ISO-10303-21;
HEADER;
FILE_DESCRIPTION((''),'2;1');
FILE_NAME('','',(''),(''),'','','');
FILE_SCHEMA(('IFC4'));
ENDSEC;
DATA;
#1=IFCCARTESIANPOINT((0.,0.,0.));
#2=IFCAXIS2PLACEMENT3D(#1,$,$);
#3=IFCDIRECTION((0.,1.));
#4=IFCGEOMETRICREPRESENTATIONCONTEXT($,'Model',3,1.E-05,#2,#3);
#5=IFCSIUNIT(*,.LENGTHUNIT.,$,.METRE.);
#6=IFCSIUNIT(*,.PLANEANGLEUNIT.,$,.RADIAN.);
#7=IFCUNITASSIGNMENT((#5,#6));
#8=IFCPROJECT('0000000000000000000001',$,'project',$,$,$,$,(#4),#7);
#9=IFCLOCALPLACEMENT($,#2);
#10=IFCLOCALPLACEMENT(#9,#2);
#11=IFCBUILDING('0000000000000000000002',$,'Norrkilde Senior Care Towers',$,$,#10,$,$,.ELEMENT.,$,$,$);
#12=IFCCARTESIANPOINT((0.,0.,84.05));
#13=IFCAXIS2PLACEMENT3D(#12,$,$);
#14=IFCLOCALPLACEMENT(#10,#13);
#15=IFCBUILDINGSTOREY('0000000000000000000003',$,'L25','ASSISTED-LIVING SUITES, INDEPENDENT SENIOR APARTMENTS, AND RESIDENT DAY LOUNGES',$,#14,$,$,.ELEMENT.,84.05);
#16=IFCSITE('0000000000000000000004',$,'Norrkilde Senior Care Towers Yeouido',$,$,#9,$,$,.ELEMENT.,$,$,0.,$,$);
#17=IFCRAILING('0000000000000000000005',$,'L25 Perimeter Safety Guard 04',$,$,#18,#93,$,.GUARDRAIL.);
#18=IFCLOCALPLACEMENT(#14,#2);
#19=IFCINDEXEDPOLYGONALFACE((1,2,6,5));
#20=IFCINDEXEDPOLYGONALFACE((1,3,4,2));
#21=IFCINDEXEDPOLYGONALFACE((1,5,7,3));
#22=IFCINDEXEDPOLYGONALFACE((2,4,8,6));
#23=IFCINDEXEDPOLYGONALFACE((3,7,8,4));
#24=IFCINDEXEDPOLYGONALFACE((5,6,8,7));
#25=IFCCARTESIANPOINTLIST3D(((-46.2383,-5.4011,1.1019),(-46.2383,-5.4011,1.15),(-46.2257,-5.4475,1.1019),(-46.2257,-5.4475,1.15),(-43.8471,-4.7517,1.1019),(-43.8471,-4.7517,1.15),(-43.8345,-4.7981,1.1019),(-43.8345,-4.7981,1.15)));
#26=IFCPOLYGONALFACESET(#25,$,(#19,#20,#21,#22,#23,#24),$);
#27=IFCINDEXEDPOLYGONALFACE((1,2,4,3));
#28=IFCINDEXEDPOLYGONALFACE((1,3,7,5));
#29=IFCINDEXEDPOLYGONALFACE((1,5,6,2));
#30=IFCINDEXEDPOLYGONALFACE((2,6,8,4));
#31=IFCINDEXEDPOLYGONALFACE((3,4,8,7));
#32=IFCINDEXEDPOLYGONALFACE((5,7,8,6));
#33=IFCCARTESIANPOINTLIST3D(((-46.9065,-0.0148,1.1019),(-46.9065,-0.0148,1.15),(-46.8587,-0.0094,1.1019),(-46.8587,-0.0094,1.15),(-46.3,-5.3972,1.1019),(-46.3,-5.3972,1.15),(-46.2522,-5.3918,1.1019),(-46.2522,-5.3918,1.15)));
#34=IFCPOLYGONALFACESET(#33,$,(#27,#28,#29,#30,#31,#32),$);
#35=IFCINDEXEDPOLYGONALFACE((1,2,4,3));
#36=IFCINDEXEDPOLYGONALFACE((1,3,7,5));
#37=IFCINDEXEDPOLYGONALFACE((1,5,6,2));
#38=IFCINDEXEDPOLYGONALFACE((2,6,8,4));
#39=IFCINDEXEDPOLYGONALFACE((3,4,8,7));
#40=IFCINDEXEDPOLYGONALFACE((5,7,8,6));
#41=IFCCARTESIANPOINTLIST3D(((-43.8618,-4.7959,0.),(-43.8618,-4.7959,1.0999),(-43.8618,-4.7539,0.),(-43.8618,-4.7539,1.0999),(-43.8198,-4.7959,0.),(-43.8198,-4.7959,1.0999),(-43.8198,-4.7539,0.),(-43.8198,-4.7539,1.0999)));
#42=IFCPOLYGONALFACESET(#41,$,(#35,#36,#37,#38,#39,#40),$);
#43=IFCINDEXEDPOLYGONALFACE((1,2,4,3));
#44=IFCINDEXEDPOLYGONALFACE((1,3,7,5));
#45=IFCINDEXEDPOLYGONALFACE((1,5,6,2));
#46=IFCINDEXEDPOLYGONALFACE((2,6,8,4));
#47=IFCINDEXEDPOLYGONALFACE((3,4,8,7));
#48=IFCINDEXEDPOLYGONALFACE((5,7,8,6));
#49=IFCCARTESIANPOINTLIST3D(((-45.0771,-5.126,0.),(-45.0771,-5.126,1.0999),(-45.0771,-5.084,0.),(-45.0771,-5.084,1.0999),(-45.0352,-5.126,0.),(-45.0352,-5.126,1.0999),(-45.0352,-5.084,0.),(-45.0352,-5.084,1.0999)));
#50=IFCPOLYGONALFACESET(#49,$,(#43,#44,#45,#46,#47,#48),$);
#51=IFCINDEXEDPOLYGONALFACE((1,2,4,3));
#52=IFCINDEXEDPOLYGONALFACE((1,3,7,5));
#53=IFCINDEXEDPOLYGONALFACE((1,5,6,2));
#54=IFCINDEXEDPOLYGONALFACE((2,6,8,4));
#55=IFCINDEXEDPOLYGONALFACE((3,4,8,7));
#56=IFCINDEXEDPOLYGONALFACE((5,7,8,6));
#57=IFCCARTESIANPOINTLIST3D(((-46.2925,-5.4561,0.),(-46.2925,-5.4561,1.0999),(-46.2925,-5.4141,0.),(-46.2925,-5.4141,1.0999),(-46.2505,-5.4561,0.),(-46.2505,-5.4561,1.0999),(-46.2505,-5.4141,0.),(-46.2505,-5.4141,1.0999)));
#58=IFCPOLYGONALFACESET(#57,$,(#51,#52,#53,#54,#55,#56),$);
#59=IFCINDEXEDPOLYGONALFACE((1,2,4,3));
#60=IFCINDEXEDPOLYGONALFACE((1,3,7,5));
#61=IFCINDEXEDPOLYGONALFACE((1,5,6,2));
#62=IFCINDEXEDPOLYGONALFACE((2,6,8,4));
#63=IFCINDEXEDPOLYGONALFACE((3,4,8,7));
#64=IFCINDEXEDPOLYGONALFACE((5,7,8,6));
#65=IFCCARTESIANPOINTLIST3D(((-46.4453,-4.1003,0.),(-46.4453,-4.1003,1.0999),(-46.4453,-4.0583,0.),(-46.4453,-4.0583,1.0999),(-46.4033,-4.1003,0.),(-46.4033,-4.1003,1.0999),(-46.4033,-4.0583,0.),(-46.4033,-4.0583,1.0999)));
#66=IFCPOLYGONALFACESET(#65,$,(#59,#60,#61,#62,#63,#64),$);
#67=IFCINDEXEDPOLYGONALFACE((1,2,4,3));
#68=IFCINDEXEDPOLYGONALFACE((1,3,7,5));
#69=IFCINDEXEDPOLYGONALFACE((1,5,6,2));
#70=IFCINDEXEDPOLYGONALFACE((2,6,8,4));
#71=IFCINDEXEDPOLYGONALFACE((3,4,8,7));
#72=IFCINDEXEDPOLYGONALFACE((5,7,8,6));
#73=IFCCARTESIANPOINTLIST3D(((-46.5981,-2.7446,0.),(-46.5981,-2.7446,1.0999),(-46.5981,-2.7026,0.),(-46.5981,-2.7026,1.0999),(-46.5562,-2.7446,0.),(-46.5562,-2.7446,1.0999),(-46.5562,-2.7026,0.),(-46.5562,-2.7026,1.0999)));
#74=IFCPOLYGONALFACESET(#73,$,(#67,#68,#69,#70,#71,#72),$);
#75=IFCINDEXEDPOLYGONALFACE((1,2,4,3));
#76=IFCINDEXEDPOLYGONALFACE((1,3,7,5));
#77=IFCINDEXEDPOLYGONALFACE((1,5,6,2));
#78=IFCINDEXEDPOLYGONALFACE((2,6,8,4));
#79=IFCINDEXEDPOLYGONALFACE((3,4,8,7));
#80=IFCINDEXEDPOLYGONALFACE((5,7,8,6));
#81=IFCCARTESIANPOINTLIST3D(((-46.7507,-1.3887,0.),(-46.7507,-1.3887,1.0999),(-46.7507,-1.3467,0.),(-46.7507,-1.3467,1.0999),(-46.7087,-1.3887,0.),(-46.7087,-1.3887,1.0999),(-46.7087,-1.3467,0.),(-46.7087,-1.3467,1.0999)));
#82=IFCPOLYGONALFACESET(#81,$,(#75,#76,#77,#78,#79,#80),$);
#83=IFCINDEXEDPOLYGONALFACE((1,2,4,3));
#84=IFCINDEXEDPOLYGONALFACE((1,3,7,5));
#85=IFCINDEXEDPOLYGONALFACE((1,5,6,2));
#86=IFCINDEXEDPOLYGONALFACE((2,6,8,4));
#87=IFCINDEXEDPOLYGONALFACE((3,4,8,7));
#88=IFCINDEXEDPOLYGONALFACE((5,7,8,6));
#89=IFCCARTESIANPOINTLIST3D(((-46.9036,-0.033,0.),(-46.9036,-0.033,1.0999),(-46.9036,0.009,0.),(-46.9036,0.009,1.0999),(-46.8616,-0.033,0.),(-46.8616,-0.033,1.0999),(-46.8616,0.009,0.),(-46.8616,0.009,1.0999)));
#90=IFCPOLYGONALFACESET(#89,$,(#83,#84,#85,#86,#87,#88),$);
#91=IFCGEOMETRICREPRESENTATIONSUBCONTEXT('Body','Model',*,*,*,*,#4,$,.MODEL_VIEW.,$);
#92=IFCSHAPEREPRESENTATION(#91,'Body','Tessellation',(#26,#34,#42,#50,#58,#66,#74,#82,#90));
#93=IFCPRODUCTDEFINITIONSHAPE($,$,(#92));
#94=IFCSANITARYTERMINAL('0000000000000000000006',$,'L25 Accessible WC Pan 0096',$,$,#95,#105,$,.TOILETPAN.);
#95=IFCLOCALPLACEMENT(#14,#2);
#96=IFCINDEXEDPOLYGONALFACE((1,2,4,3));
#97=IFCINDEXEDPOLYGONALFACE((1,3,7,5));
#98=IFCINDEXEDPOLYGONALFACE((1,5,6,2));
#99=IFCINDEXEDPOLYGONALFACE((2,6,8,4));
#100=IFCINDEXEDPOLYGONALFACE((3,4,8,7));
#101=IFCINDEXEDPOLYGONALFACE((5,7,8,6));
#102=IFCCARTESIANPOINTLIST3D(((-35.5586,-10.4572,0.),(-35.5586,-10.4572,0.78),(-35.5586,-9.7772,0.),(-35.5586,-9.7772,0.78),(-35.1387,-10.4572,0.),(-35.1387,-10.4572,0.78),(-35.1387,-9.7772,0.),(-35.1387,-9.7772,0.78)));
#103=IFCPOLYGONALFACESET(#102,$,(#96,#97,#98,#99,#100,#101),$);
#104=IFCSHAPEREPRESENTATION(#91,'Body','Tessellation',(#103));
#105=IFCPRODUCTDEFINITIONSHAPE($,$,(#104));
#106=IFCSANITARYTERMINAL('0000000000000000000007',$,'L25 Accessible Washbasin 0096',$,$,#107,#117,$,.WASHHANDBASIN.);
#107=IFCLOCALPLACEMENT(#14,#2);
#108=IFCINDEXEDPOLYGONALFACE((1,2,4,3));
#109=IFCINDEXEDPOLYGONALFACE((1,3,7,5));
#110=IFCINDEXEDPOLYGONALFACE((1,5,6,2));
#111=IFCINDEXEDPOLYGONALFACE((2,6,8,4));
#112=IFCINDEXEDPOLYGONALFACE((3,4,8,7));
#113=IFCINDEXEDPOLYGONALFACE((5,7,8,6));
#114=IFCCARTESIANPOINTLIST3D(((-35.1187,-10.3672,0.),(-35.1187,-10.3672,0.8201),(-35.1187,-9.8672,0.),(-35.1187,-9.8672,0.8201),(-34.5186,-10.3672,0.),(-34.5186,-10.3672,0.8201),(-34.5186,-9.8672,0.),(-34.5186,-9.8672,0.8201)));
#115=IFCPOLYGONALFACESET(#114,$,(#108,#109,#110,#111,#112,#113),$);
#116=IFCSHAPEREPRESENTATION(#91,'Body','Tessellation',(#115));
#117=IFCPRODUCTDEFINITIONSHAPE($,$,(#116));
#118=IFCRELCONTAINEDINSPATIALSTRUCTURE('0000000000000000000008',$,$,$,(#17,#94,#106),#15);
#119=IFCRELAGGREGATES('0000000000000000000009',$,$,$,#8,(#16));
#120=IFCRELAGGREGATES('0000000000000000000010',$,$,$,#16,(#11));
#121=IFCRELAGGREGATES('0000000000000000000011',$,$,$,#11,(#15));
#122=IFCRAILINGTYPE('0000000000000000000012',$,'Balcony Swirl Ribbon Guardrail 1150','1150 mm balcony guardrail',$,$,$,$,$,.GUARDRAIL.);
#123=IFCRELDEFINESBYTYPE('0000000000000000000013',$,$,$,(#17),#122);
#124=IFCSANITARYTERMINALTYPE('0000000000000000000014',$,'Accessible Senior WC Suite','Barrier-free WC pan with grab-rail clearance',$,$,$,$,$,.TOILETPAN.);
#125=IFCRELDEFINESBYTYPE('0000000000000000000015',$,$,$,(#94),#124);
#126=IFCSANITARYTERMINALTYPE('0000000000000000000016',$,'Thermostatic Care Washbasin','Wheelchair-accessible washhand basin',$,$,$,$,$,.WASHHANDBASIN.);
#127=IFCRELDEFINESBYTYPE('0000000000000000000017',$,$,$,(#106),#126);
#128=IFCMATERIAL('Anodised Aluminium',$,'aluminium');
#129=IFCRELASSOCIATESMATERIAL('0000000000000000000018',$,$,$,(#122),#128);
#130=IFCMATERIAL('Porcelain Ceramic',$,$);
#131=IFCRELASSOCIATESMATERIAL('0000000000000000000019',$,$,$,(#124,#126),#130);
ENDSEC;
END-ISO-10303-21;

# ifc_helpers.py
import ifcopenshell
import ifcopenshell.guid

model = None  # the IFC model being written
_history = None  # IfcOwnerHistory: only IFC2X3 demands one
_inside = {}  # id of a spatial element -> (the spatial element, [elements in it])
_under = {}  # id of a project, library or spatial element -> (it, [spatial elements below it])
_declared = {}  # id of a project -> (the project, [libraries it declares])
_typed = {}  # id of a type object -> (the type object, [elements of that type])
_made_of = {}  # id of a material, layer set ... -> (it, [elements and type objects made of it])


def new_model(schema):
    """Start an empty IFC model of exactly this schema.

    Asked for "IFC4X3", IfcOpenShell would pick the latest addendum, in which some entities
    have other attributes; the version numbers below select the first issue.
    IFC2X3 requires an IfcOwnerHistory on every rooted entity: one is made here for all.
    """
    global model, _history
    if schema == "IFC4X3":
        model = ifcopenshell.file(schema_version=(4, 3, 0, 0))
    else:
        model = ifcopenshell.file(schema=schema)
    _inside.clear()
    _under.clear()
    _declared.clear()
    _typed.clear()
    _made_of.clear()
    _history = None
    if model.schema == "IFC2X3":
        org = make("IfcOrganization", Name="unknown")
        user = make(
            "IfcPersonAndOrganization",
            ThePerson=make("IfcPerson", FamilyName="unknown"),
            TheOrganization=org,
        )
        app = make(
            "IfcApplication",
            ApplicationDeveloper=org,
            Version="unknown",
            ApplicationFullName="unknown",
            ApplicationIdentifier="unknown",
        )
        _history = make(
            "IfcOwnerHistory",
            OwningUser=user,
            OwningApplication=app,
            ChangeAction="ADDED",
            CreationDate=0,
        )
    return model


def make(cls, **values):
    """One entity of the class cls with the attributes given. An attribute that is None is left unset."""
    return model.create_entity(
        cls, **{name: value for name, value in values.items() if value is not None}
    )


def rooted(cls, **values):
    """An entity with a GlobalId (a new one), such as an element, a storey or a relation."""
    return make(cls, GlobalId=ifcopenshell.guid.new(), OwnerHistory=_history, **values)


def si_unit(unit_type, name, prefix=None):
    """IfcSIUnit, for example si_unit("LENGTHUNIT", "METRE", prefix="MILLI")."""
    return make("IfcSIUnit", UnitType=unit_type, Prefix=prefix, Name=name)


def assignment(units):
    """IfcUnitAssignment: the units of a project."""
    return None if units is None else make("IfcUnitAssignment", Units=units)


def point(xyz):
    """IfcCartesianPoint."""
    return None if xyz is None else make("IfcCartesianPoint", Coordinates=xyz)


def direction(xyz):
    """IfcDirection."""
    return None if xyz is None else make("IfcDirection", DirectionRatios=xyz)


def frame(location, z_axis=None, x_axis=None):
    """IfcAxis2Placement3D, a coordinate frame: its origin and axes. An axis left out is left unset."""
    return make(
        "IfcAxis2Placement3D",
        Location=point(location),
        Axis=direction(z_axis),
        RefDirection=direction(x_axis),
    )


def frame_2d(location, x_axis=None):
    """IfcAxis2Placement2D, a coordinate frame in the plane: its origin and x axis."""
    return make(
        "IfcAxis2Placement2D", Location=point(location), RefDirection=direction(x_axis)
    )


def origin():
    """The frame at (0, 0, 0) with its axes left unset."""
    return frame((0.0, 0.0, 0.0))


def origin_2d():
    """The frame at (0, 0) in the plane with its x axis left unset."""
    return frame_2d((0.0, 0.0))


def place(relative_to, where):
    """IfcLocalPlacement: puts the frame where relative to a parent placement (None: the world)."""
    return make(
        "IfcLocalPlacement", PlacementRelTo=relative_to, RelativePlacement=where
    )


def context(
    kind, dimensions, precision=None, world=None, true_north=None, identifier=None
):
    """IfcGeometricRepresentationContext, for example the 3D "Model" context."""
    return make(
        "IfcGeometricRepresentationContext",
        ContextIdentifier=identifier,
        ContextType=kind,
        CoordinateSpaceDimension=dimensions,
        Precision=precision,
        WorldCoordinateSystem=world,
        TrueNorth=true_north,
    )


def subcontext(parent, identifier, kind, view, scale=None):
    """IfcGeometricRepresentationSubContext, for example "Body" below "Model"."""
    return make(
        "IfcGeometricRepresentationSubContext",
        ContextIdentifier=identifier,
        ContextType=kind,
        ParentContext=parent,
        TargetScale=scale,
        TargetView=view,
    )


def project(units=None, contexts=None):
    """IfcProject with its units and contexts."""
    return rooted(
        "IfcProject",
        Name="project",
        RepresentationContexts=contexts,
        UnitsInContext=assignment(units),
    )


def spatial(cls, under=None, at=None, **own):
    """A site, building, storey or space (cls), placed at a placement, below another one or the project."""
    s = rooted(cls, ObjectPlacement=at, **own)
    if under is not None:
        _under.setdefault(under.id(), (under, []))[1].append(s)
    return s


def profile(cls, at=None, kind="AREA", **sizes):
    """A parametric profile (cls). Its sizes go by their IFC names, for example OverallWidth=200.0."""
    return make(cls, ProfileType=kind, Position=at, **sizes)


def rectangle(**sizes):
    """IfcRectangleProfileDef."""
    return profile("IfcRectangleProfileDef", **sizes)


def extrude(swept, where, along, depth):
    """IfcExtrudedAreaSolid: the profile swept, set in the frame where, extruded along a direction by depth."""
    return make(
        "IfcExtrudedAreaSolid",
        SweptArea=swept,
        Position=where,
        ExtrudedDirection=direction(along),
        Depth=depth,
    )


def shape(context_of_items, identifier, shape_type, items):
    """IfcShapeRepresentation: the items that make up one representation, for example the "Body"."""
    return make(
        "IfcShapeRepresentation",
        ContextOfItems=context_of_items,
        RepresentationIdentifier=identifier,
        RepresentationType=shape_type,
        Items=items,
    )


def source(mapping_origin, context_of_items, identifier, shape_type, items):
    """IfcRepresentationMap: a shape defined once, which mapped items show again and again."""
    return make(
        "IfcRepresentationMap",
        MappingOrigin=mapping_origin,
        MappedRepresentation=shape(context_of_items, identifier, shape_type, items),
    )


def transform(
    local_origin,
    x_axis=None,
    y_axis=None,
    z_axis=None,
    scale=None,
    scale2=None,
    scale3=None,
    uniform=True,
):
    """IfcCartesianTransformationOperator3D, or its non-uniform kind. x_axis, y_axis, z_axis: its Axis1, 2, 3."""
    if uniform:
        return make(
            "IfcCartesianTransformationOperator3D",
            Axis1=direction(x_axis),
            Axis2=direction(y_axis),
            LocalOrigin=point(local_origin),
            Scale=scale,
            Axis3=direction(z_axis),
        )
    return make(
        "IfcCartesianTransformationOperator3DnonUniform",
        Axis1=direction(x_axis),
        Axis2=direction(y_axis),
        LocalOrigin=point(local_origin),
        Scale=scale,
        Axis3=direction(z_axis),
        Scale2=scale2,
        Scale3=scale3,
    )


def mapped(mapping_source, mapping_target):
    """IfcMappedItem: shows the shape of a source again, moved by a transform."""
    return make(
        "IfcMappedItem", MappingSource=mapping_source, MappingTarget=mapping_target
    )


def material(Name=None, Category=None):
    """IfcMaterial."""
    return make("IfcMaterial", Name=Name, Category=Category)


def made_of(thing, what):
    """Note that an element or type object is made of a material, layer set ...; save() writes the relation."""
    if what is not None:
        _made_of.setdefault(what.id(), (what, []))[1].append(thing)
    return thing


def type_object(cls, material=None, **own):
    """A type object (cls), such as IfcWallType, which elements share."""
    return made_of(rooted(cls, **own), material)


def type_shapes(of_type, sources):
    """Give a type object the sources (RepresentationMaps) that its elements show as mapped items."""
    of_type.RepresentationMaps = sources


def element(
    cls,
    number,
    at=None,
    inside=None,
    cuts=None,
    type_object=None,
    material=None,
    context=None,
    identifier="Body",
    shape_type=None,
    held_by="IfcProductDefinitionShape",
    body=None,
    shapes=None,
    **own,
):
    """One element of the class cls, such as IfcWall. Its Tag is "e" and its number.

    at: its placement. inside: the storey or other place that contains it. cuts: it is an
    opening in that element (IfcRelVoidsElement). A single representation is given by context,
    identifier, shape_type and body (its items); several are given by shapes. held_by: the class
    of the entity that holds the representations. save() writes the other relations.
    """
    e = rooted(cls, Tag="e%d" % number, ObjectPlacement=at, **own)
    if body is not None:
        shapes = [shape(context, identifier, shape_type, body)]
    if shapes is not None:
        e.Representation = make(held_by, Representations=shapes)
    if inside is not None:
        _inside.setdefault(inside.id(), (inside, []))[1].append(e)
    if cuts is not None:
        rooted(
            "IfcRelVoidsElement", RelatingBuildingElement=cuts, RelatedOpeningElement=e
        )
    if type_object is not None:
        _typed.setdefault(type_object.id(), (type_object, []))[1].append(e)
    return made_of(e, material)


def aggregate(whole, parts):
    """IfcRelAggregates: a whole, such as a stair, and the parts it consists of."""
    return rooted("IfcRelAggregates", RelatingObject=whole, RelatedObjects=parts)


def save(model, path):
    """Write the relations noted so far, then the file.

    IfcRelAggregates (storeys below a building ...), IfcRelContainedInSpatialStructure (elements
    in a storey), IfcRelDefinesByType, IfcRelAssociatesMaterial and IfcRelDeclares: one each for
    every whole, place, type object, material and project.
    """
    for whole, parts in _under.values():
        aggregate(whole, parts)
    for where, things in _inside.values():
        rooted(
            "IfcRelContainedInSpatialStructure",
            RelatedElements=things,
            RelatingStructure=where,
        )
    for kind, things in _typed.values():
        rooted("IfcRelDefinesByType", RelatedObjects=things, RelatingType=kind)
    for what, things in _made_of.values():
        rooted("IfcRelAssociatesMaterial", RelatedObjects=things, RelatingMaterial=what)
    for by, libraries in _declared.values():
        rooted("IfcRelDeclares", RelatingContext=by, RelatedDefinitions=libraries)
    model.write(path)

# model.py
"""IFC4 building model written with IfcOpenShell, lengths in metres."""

from ifc_helpers import new_model, si_unit, direction, frame, origin, origin_2d, place, context, subcontext, project, spatial, rectangle, extrude, source, transform, mapped, material, type_object, type_shapes, element, save


model = new_model("IFC4")

# Units and contexts
model_context = context("Model", 3, precision=1e-05, world=origin(), true_north=direction((0.0, 1.0)))
body_context = subcontext(model_context, "Body", "Model", "MODEL_VIEW")
ifc_project = project(units=[si_unit("LENGTHUNIT", "METRE"), si_unit("PLANEANGLEUNIT", "RADIAN")], contexts=[model_context])

# Site, building, storey
site_placement = place(None, origin())
site = spatial("IfcSite", under=ifc_project, at=site_placement, Name="Norrkilde Senior Care Towers Yeouido", CompositionType="ELEMENT", RefElevation=0.0)
building_placement = place(site_placement, origin())
building = spatial("IfcBuilding", under=site, at=building_placement, Name="Norrkilde Senior Care Towers", CompositionType="ELEMENT")
storey_placement = place(building_placement, frame((0.0, 0.0, 84.05)))
storey = spatial("IfcBuildingStorey", under=building, at=storey_placement, Name="L25", Description="ASSISTED-LIVING SUITES, INDEPENDENT SENIOR APARTMENTS, AND RESIDENT DAY LOUNGES", CompositionType="ELEMENT", Elevation=84.05)

# Shared definitions
ifc_material_1 = material(Name="Anodised Aluminium", Category="aluminium")

# Railing
railing_type = type_object("IfcRailingType", Name="Balcony Swirl Ribbon Guardrail 1150", Description="1150 mm balcony guardrail", PredefinedType="GUARDRAIL", material=ifc_material_1)
railing_placement = place(storey_placement, frame((-43.8408, -4.7749, 0.0)))
element("IfcRailing", 1, at=railing_placement, inside=storey, type_object=railing_type, Name="L25 Perimeter Safety Guard 04", PredefinedType="GUARDRAIL", context=body_context, shape_type="SweptSolid", body=[
    extrude(rectangle(XDim=0.0481, YDim=0.0481, at=origin_2d()), frame((0.0, 0.0, 1.126), z_axis=(-0.965041, -0.2621, 0.0), x_axis=(0.2621, -0.965041, 0.0)), (0.0, 0.0, 1.0), 2.4778),
    extrude(rectangle(XDim=0.0481, YDim=0.0481, at=origin_2d()), frame((-2.4353, -0.6196, 1.126), z_axis=(-0.111973, 0.993711, 0.0), x_axis=(-0.993711, -0.111973, 0.0)), (0.0, 0.0, 1.0), 5.4165),
    extrude(rectangle(XDim=0.042, YDim=0.042, at=origin_2d()), origin(), (0.0, 0.0, 1.0), 1.0999),
    extrude(rectangle(XDim=0.042, YDim=0.042, at=origin_2d()), frame((-1.2153, -0.3301, 0.0)), (0.0, 0.0, 1.0), 1.0999),
    extrude(rectangle(XDim=0.042, YDim=0.042, at=origin_2d()), frame((-2.4307, -0.6602, 0.0)), (0.0, 0.0, 1.0), 1.0999),
    extrude(rectangle(XDim=0.042, YDim=0.042, at=origin_2d()), frame((-2.5835, 0.6956, 0.0)), (0.0, 0.0, 1.0), 1.0999),
    extrude(rectangle(XDim=0.042, YDim=0.042, at=origin_2d()), frame((-2.7363, 2.0513, 0.0)), (0.0, 0.0, 1.0), 1.0999),
    extrude(rectangle(XDim=0.042, YDim=0.042, at=origin_2d()), frame((-2.8889, 3.4072, 0.0)), (0.0, 0.0, 1.0), 1.0999),
    extrude(rectangle(XDim=0.042, YDim=0.042, at=origin_2d()), frame((-3.0417, 4.7629, 0.0)), (0.0, 0.0, 1.0), 1.0999),
])

# Sanitary terminals
ifc_material_2 = material(Name="Porcelain Ceramic")
sanitary_terminal_type_1 = type_object("IfcSanitaryTerminalType", Name="Accessible Senior WC Suite", Description="Barrier-free WC pan with grab-rail clearance", PredefinedType="TOILETPAN", material=ifc_material_2)
shared_shape_1 = source(origin(), body_context, "Body", "SweptSolid", [
    extrude(rectangle(XDim=0.4199, YDim=0.6799, at=origin_2d()), origin(), (0.0, 0.0, 1.0), 0.78),
])
type_shapes(sanitary_terminal_type_1, [shared_shape_1])
sanitary_terminal_1_placement = place(storey_placement, frame((-35.3486, -10.1172, 0.0), z_axis=(0.0, 0.0, 1.0), x_axis=(1.0, 0.0, 0.0)))
element("IfcSanitaryTerminal", 2, at=sanitary_terminal_1_placement, inside=storey, type_object=sanitary_terminal_type_1, Name="L25 Accessible WC Pan 0096", PredefinedType="TOILETPAN", context=body_context, shape_type="MappedRepresentation", body=[
    mapped(shared_shape_1, transform((0.0, 0.0, 0.0), x_axis=(1.0, 0.0, 0.0), y_axis=(0.0, 1.0, 0.0), z_axis=(0.0, 0.0, 1.0), scale=1.0)),
])
sanitary_terminal_type_2 = type_object("IfcSanitaryTerminalType", Name="Thermostatic Care Washbasin", Description="Wheelchair-accessible washhand basin", PredefinedType="WASHHANDBASIN", material=ifc_material_2)
shared_shape_2 = source(origin(), body_context, "Body", "SweptSolid", [
    extrude(rectangle(XDim=0.6001, YDim=0.5, at=origin_2d()), origin(), (0.0, 0.0, 1.0), 0.8201),
])
type_shapes(sanitary_terminal_type_2, [shared_shape_2])
sanitary_terminal_2_placement = place(storey_placement, frame((-34.8186, -10.1172, 0.0), z_axis=(0.0, 0.0, 1.0), x_axis=(1.0, 0.0, 0.0)))
element("IfcSanitaryTerminal", 3, at=sanitary_terminal_2_placement, inside=storey, type_object=sanitary_terminal_type_2, Name="L25 Accessible Washbasin 0096", PredefinedType="WASHHANDBASIN", context=body_context, shape_type="MappedRepresentation", body=[
    mapped(shared_shape_2, transform((0.0, 0.0, 0.0), x_axis=(1.0, 0.0, 0.0), y_axis=(0.0, 1.0, 0.0), z_axis=(0.0, 0.0, 1.0), scale=1.0)),
])

save(model, "model.ifc")
